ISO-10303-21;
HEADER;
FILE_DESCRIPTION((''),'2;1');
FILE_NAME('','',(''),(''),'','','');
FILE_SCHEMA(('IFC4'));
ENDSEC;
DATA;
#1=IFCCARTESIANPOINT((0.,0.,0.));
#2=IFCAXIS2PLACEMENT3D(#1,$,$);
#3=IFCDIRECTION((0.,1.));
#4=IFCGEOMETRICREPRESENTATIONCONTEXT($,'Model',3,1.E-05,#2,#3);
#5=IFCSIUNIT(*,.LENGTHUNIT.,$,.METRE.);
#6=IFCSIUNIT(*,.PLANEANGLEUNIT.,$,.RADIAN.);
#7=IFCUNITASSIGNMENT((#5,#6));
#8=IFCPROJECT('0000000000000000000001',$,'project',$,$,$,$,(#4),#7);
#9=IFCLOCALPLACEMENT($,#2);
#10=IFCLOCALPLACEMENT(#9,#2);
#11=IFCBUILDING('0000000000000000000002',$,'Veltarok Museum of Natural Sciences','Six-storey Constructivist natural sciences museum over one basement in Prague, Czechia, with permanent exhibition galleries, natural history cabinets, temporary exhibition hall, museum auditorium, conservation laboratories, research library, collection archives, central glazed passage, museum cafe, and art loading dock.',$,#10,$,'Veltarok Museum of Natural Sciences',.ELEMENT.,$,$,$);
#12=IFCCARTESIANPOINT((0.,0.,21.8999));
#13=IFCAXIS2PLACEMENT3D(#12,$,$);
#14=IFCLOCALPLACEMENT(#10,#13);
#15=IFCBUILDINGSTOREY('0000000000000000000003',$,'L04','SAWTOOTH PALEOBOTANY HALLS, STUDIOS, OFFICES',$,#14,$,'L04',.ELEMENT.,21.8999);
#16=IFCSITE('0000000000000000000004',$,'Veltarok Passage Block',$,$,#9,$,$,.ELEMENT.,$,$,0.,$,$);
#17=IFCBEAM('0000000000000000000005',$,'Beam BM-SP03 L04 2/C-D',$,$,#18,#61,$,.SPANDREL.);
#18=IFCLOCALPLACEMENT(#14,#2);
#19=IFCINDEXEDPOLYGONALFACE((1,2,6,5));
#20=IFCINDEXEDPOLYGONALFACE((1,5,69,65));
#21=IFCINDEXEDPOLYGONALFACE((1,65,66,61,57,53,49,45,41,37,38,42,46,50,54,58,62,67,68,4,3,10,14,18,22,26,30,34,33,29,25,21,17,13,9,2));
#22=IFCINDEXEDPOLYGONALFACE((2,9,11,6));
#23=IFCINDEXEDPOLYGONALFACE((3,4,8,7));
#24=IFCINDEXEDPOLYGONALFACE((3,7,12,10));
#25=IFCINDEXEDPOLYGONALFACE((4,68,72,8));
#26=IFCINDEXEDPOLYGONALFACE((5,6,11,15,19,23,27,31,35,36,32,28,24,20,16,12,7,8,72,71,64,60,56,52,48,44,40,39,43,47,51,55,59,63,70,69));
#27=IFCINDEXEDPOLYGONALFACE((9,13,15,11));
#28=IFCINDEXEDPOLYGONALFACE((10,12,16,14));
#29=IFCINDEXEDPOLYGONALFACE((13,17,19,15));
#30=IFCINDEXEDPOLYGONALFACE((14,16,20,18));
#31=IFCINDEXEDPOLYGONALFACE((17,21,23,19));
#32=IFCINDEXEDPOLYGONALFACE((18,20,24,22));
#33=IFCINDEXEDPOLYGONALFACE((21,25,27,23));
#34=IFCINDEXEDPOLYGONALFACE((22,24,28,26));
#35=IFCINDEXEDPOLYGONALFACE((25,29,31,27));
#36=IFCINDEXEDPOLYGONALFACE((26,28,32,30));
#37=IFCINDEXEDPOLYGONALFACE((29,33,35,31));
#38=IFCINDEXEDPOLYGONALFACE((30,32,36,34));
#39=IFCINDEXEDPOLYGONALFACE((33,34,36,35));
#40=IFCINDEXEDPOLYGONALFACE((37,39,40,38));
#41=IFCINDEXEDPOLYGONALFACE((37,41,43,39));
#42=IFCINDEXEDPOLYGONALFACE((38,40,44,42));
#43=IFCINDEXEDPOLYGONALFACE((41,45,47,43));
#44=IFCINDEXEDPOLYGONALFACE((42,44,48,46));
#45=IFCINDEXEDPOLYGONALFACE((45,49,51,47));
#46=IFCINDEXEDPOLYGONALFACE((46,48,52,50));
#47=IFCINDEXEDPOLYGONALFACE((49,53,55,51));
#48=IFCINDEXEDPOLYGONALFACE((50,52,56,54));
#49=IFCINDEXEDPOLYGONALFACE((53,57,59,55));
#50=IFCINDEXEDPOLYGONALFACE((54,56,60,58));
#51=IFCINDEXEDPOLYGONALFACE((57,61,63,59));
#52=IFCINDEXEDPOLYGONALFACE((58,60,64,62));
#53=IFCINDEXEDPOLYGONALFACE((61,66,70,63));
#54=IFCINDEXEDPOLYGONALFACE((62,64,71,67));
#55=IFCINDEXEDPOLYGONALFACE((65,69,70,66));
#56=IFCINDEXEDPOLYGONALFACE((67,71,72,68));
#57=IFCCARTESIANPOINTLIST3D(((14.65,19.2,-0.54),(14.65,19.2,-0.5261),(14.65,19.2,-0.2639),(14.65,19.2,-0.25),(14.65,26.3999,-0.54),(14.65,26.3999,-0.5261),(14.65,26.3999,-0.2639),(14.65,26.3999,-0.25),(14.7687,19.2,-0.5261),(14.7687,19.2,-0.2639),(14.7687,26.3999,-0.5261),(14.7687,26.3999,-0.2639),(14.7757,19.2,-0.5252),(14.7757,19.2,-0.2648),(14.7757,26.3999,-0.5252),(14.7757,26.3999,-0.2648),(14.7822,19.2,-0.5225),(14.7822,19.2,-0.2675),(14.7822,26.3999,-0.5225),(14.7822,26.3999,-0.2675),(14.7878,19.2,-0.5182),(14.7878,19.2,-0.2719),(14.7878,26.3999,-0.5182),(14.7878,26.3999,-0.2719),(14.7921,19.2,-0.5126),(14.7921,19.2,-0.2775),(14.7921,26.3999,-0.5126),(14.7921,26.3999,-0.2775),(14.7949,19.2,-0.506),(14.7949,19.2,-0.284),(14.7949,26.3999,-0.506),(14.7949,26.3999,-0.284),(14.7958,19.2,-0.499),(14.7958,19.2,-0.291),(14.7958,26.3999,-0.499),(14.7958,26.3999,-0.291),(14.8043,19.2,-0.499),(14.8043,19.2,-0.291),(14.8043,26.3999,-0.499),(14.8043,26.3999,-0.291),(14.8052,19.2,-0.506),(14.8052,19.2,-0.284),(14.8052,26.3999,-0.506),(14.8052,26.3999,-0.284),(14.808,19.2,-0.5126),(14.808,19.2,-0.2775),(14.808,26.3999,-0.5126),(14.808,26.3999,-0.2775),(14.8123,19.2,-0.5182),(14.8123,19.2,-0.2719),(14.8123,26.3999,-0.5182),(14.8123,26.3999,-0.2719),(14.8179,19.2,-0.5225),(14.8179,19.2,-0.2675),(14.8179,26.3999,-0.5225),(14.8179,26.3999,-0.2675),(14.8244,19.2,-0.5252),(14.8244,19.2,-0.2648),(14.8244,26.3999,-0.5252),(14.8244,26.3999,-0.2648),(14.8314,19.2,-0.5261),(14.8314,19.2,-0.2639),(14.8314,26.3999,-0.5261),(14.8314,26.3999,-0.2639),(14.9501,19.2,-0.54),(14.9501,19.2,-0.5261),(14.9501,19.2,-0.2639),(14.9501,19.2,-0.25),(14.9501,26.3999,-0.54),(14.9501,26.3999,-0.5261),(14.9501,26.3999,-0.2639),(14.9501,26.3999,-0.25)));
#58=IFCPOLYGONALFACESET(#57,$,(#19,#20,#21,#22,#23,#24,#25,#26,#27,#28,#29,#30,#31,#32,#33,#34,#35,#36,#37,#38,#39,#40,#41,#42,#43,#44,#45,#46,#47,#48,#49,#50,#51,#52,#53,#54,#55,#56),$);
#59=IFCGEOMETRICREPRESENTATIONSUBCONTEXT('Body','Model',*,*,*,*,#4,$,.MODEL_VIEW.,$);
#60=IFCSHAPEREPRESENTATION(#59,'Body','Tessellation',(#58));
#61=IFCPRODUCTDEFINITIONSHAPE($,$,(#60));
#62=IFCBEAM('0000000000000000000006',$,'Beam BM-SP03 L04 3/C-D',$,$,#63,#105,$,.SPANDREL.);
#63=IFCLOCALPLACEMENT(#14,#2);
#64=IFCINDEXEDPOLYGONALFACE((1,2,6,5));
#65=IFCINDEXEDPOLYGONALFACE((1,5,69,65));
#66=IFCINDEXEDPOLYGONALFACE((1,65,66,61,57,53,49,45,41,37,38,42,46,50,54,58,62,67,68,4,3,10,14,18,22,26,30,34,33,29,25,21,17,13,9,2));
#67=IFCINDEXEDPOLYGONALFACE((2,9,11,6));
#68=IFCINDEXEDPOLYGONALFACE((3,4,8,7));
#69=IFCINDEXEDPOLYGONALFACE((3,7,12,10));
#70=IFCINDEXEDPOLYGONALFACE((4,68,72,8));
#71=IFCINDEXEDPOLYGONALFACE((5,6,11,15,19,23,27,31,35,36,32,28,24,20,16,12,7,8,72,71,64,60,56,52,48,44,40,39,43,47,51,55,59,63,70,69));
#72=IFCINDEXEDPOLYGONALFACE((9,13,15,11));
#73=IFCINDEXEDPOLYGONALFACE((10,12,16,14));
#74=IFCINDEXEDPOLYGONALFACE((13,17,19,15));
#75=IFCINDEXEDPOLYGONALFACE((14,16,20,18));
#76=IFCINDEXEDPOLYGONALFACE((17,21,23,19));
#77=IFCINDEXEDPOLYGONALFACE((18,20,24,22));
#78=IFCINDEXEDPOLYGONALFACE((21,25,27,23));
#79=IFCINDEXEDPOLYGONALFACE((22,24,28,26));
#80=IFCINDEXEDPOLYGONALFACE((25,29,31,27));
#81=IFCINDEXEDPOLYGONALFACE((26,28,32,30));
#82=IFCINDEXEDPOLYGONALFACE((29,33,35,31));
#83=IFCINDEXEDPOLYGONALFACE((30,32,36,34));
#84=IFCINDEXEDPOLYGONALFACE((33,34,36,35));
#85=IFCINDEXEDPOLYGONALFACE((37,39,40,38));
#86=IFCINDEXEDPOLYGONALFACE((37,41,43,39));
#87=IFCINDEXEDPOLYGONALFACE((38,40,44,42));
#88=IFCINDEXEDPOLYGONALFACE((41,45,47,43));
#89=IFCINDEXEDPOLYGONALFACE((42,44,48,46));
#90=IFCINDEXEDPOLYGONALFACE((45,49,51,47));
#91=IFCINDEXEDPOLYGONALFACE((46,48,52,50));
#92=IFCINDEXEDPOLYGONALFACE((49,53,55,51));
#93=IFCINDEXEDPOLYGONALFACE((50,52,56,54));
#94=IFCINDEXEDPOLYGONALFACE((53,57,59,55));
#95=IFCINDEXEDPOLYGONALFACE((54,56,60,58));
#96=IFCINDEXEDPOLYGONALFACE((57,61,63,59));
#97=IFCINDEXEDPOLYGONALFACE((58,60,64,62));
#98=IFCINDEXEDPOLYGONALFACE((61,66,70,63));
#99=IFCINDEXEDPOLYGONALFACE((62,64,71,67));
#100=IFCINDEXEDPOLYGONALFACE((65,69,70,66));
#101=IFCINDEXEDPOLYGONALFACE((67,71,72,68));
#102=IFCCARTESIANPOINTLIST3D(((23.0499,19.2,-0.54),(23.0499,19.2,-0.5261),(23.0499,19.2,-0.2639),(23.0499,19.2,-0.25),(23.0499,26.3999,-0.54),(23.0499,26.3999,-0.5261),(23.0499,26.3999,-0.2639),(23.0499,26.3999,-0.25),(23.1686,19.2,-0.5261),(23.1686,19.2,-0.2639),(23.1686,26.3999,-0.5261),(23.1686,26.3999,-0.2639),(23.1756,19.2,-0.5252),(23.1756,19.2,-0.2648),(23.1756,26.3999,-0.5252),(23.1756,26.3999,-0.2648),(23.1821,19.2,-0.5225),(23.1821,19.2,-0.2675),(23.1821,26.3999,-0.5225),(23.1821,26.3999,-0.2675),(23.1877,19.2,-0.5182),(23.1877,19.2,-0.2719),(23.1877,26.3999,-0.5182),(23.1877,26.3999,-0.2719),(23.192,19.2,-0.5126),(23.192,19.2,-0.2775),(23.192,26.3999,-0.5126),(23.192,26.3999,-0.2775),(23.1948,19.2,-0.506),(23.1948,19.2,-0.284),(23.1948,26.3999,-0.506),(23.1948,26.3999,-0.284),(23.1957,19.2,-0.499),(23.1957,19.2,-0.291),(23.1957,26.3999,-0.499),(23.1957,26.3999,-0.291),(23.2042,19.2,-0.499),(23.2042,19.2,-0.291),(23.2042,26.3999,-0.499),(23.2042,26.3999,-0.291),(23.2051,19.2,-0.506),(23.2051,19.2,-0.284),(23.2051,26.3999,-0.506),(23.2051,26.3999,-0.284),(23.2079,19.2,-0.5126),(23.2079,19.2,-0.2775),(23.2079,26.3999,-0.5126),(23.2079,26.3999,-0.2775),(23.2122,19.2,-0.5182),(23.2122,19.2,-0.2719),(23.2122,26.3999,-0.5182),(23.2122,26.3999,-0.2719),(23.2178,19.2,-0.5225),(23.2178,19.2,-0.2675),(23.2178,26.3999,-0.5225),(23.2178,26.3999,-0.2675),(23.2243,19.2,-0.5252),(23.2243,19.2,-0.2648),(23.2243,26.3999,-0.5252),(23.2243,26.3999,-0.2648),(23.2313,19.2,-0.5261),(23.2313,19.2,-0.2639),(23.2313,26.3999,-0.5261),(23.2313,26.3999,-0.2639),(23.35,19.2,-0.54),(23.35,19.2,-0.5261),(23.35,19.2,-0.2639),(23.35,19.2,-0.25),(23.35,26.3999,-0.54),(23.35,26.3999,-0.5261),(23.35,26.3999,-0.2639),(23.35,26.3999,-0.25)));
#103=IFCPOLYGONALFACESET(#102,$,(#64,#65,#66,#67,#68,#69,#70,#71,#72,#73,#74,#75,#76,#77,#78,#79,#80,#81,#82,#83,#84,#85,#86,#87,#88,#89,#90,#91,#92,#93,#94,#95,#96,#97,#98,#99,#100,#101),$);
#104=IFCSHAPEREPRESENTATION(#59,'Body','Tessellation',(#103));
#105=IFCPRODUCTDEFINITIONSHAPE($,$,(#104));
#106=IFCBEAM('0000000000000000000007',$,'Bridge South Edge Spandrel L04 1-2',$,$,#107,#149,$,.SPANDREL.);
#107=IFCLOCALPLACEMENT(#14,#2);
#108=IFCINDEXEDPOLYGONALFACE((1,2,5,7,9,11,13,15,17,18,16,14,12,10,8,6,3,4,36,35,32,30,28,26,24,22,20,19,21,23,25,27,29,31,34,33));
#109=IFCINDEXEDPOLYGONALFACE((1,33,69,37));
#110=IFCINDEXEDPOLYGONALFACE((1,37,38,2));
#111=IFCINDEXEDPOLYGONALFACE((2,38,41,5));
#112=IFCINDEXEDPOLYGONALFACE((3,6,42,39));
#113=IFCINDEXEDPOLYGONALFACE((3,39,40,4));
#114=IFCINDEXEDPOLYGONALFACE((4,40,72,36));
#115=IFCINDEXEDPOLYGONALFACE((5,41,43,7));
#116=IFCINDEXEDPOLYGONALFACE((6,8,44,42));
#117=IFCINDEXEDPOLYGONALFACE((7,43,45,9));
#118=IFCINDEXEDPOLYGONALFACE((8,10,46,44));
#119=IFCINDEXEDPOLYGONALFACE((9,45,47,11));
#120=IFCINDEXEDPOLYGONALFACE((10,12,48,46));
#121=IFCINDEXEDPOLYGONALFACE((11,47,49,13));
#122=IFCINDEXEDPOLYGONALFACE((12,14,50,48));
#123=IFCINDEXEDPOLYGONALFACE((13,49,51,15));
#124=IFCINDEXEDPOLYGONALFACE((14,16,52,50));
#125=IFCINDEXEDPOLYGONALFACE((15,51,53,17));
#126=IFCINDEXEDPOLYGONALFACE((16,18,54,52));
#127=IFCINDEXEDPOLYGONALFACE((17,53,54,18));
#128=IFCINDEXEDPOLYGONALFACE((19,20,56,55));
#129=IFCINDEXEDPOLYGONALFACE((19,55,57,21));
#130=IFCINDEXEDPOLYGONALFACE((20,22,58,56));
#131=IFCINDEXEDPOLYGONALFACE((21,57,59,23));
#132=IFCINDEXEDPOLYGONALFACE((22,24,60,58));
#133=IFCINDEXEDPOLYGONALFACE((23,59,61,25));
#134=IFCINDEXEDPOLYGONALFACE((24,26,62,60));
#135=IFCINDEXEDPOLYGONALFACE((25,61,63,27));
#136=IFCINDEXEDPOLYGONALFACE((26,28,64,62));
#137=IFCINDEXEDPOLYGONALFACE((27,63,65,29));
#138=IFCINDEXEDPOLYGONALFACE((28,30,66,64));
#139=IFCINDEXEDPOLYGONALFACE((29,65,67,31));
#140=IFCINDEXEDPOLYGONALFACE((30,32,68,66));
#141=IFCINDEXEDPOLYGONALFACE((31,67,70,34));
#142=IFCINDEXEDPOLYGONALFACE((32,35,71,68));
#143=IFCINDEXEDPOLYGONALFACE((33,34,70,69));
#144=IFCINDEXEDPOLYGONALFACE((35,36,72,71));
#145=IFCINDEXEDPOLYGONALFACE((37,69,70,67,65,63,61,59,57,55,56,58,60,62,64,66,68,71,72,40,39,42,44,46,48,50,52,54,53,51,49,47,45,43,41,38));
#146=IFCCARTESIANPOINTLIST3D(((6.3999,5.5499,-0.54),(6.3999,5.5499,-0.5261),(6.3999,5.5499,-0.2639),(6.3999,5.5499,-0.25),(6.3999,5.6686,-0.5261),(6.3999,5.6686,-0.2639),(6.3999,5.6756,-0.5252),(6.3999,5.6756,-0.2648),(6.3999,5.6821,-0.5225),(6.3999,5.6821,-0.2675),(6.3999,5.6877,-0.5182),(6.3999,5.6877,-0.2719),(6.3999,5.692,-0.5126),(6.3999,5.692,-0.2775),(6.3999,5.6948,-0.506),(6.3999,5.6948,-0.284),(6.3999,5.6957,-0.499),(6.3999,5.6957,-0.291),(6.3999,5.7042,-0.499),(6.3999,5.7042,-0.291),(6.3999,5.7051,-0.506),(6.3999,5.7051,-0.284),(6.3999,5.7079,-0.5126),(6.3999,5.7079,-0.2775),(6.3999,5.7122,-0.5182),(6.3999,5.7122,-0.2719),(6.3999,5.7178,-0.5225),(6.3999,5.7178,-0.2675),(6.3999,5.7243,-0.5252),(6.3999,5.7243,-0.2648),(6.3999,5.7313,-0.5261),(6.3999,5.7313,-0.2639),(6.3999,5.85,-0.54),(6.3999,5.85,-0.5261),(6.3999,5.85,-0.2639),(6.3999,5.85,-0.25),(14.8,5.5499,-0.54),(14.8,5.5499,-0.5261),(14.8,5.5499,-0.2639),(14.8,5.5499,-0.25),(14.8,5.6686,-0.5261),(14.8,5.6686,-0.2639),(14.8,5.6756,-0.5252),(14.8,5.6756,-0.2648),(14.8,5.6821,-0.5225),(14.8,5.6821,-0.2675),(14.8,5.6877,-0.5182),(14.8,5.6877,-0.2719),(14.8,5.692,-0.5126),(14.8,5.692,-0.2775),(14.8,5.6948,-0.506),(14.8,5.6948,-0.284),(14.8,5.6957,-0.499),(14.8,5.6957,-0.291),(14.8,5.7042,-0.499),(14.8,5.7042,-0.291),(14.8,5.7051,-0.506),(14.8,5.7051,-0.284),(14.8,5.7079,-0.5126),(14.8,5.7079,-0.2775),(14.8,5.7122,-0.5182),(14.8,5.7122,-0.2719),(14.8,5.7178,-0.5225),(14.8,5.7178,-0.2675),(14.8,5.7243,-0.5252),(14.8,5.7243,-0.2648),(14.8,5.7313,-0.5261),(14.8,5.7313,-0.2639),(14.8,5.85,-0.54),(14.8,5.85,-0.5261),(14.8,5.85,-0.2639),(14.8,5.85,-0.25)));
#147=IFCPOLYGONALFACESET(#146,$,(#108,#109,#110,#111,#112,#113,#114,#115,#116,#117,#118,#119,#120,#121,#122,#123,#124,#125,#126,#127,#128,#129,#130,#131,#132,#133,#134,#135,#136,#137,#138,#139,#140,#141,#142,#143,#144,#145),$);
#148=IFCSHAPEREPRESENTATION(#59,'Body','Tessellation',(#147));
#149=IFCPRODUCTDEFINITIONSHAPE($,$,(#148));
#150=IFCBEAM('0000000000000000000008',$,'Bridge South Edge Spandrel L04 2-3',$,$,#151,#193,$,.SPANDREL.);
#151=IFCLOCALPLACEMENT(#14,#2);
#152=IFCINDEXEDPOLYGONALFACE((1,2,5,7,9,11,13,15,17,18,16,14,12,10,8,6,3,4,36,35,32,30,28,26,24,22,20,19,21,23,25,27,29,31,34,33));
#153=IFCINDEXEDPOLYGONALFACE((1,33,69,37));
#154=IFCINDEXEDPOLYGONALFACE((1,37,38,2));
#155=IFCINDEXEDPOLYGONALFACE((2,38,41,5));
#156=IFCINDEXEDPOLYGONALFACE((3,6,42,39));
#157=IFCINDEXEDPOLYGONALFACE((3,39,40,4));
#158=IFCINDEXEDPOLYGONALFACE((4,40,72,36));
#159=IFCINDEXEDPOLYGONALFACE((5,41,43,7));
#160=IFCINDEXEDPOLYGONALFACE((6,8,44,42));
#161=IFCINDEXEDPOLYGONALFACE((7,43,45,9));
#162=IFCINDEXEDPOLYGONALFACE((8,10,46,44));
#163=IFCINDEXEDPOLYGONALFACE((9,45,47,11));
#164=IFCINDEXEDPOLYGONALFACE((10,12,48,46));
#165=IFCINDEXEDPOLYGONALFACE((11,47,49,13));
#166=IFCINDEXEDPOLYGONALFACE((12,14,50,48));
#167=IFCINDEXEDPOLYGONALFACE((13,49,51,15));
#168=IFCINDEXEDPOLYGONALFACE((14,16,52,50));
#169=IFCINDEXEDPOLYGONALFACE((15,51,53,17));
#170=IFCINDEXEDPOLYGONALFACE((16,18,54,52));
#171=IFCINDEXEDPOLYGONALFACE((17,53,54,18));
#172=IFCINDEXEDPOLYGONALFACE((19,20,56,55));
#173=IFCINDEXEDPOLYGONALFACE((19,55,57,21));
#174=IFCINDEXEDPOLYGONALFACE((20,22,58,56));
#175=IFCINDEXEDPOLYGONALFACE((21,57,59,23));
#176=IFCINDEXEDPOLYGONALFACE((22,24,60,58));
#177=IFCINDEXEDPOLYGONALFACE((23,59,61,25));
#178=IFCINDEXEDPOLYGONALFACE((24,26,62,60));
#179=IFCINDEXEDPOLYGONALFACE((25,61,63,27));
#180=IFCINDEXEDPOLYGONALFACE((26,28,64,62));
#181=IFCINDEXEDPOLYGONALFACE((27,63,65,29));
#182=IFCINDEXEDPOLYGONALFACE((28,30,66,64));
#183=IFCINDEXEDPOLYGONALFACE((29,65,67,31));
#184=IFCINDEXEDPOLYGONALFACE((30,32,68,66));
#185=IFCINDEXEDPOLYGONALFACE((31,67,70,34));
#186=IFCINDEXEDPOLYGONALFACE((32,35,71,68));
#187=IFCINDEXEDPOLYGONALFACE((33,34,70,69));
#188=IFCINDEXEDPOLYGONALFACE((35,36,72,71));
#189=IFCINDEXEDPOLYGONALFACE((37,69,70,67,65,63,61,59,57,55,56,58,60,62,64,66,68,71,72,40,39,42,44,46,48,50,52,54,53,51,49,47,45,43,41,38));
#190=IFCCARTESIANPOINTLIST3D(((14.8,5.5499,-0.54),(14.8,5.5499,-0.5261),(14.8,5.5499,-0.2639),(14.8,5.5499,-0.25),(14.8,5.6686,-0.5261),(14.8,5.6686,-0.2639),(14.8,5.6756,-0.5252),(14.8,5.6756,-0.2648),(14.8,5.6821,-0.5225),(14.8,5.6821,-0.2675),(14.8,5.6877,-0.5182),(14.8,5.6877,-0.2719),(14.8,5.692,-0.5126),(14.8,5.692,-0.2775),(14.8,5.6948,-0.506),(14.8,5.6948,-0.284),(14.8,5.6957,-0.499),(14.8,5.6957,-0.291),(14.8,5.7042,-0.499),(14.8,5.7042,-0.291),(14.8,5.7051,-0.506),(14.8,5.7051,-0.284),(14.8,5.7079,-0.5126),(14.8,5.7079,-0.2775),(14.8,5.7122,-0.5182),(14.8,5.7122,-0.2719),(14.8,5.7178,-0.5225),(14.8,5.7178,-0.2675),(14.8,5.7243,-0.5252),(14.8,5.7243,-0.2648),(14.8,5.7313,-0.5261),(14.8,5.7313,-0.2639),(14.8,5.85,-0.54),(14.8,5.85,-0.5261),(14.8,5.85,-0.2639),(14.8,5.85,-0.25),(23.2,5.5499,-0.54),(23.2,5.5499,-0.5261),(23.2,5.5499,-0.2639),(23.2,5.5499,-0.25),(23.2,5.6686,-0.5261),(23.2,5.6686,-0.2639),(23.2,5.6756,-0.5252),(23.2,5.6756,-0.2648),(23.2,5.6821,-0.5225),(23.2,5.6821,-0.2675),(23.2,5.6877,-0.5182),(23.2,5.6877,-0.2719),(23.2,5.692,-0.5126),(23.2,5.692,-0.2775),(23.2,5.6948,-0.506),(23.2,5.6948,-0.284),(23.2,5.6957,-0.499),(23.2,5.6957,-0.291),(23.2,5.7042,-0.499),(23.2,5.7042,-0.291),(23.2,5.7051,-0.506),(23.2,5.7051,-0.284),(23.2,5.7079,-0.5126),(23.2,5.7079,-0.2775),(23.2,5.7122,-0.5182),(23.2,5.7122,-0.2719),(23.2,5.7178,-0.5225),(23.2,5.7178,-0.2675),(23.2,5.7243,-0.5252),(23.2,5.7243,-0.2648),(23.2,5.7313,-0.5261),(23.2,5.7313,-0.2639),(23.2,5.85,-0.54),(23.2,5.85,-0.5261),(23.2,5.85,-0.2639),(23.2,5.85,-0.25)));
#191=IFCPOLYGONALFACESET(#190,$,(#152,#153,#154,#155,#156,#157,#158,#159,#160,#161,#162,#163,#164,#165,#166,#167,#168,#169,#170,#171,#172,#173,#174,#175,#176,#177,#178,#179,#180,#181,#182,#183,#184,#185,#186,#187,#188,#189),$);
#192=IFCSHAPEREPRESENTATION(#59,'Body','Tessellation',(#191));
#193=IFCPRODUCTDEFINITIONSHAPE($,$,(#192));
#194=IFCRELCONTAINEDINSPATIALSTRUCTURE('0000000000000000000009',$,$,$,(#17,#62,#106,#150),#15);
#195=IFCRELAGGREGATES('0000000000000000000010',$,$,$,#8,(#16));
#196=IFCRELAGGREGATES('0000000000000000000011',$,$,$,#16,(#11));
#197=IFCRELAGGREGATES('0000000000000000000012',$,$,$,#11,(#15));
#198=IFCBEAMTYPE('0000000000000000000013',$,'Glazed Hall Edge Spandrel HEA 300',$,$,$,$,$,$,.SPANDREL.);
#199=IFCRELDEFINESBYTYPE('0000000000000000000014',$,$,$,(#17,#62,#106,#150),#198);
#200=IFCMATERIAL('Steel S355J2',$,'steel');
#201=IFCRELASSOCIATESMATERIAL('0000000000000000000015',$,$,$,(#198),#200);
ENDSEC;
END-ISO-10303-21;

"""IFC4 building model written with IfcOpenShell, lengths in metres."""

from ifc_helpers import new_model, si_unit, direction, frame, origin, origin_2d, place, context, subcontext, project, spatial, i_section, extrude, material, material_profile, profile_set, type_object, element, save


model = new_model("IFC4")

# Units and contexts
model_context = context("Model", 3, precision=1e-05, world=origin(), true_north=direction((0.0, 1.0)))
body_context = subcontext(model_context, "Body", "Model", "MODEL_VIEW")
ifc_project = project(units=[si_unit("LENGTHUNIT", "METRE"), si_unit("PLANEANGLEUNIT", "RADIAN")], contexts=[model_context])

# Site, building, storey
site_placement = place(None, origin())
site = spatial("IfcSite", under=ifc_project, at=site_placement, Name="Veltarok Passage Block", CompositionType="ELEMENT", RefElevation=0.0)
building_placement = place(site_placement, origin())
building = spatial("IfcBuilding", under=site, at=building_placement, Name="Veltarok Museum of Natural Sciences", Description="Six-storey Constructivist natural sciences museum over one basement in Prague, Czechia, with permanent exhibition galleries, natural history cabinets, temporary exhibition hall, museum auditorium, conservation laboratories, research library, collection archives, central glazed passage, museum cafe, and art loading dock.", LongName="Veltarok Museum of Natural Sciences", CompositionType="ELEMENT")
storey_placement = place(building_placement, frame((0.0, 0.0, 21.8999)))
storey = spatial("IfcBuildingStorey", under=building, at=storey_placement, Name="L04", Description="SAWTOOTH PALEOBOTANY HALLS, STUDIOS, OFFICES", LongName="L04", CompositionType="ELEMENT", Elevation=21.8999)

# Beams
ifc_material_1 = material(Name="Steel S355J2", Category="steel")
ifc_material_profile_1 = material_profile(ifc_material_1, i_section(OverallWidth=0.3, OverallDepth=0.29, WebThickness=0.0085, FlangeThickness=0.0139, FilletRadius=0.0271, at=origin_2d()), Name="HEA 300")
ifc_profile_set_1 = profile_set([ifc_material_profile_1], Name="Steel S355J2")
beam_type_1 = type_object("IfcBeamType", Name="Glazed Hall Edge Spandrel HEA 300", PredefinedType="SPANDREL", material=ifc_profile_set_1)
for number, where, z_axis, x_axis, name in (
    (1, (14.8, 19.2, -0.395), (0.0, 1.0, 0.0), (-1.0, 0.0, 0.0), "Beam BM-SP03 L04 2/C-D"),
    (2, (23.2, 19.2, -0.395), (0.0, 1.0, 0.0), (-1.0, 0.0, 0.0), "Beam BM-SP03 L04 3/C-D"),
):
    element("IfcBeam", number, at=place(storey_placement, frame(where, z_axis=z_axis, x_axis=x_axis)), inside=storey, type_object=beam_type_1, Name=name, PredefinedType="SPANDREL", context=body_context, shape_type="SweptSolid", body=[
        extrude(i_section(OverallWidth=0.3, OverallDepth=0.29, WebThickness=0.0085, FlangeThickness=0.0139, FilletRadius=0.0271, at=origin_2d()), origin(), (0.0, 0.0, 1.0), 7.2),
    ])
beam_1_placement = place(storey_placement, frame((6.3999, 5.7, -0.395), z_axis=(1.0, 0.0, 0.0), x_axis=(0.0, 1.0, 0.0)))
element("IfcBeam", 3, at=beam_1_placement, inside=storey, type_object=beam_type_1, Name="Bridge South Edge Spandrel L04 1-2", PredefinedType="SPANDREL", context=body_context, shape_type="SweptSolid", body=[
    extrude(i_section(OverallWidth=0.3, OverallDepth=0.29, WebThickness=0.0085, FlangeThickness=0.0139, FilletRadius=0.0271, at=origin_2d()), origin(), (0.0, 0.0, 1.0), 8.4001),
])
beam_2_placement = place(storey_placement, frame((14.8, 5.7, -0.395), z_axis=(1.0, 0.0, 0.0), x_axis=(0.0, 1.0, 0.0)))
element("IfcBeam", 4, at=beam_2_placement, inside=storey, type_object=beam_type_1, Name="Bridge South Edge Spandrel L04 2-3", PredefinedType="SPANDREL", context=body_context, shape_type="SweptSolid", body=[
    extrude(i_section(OverallWidth=0.3, OverallDepth=0.29, WebThickness=0.0085, FlangeThickness=0.0139, FilletRadius=0.0271, at=origin_2d()), origin(), (0.0, 0.0, 1.0), 8.3999),
])

save(model, "model.ifc")
